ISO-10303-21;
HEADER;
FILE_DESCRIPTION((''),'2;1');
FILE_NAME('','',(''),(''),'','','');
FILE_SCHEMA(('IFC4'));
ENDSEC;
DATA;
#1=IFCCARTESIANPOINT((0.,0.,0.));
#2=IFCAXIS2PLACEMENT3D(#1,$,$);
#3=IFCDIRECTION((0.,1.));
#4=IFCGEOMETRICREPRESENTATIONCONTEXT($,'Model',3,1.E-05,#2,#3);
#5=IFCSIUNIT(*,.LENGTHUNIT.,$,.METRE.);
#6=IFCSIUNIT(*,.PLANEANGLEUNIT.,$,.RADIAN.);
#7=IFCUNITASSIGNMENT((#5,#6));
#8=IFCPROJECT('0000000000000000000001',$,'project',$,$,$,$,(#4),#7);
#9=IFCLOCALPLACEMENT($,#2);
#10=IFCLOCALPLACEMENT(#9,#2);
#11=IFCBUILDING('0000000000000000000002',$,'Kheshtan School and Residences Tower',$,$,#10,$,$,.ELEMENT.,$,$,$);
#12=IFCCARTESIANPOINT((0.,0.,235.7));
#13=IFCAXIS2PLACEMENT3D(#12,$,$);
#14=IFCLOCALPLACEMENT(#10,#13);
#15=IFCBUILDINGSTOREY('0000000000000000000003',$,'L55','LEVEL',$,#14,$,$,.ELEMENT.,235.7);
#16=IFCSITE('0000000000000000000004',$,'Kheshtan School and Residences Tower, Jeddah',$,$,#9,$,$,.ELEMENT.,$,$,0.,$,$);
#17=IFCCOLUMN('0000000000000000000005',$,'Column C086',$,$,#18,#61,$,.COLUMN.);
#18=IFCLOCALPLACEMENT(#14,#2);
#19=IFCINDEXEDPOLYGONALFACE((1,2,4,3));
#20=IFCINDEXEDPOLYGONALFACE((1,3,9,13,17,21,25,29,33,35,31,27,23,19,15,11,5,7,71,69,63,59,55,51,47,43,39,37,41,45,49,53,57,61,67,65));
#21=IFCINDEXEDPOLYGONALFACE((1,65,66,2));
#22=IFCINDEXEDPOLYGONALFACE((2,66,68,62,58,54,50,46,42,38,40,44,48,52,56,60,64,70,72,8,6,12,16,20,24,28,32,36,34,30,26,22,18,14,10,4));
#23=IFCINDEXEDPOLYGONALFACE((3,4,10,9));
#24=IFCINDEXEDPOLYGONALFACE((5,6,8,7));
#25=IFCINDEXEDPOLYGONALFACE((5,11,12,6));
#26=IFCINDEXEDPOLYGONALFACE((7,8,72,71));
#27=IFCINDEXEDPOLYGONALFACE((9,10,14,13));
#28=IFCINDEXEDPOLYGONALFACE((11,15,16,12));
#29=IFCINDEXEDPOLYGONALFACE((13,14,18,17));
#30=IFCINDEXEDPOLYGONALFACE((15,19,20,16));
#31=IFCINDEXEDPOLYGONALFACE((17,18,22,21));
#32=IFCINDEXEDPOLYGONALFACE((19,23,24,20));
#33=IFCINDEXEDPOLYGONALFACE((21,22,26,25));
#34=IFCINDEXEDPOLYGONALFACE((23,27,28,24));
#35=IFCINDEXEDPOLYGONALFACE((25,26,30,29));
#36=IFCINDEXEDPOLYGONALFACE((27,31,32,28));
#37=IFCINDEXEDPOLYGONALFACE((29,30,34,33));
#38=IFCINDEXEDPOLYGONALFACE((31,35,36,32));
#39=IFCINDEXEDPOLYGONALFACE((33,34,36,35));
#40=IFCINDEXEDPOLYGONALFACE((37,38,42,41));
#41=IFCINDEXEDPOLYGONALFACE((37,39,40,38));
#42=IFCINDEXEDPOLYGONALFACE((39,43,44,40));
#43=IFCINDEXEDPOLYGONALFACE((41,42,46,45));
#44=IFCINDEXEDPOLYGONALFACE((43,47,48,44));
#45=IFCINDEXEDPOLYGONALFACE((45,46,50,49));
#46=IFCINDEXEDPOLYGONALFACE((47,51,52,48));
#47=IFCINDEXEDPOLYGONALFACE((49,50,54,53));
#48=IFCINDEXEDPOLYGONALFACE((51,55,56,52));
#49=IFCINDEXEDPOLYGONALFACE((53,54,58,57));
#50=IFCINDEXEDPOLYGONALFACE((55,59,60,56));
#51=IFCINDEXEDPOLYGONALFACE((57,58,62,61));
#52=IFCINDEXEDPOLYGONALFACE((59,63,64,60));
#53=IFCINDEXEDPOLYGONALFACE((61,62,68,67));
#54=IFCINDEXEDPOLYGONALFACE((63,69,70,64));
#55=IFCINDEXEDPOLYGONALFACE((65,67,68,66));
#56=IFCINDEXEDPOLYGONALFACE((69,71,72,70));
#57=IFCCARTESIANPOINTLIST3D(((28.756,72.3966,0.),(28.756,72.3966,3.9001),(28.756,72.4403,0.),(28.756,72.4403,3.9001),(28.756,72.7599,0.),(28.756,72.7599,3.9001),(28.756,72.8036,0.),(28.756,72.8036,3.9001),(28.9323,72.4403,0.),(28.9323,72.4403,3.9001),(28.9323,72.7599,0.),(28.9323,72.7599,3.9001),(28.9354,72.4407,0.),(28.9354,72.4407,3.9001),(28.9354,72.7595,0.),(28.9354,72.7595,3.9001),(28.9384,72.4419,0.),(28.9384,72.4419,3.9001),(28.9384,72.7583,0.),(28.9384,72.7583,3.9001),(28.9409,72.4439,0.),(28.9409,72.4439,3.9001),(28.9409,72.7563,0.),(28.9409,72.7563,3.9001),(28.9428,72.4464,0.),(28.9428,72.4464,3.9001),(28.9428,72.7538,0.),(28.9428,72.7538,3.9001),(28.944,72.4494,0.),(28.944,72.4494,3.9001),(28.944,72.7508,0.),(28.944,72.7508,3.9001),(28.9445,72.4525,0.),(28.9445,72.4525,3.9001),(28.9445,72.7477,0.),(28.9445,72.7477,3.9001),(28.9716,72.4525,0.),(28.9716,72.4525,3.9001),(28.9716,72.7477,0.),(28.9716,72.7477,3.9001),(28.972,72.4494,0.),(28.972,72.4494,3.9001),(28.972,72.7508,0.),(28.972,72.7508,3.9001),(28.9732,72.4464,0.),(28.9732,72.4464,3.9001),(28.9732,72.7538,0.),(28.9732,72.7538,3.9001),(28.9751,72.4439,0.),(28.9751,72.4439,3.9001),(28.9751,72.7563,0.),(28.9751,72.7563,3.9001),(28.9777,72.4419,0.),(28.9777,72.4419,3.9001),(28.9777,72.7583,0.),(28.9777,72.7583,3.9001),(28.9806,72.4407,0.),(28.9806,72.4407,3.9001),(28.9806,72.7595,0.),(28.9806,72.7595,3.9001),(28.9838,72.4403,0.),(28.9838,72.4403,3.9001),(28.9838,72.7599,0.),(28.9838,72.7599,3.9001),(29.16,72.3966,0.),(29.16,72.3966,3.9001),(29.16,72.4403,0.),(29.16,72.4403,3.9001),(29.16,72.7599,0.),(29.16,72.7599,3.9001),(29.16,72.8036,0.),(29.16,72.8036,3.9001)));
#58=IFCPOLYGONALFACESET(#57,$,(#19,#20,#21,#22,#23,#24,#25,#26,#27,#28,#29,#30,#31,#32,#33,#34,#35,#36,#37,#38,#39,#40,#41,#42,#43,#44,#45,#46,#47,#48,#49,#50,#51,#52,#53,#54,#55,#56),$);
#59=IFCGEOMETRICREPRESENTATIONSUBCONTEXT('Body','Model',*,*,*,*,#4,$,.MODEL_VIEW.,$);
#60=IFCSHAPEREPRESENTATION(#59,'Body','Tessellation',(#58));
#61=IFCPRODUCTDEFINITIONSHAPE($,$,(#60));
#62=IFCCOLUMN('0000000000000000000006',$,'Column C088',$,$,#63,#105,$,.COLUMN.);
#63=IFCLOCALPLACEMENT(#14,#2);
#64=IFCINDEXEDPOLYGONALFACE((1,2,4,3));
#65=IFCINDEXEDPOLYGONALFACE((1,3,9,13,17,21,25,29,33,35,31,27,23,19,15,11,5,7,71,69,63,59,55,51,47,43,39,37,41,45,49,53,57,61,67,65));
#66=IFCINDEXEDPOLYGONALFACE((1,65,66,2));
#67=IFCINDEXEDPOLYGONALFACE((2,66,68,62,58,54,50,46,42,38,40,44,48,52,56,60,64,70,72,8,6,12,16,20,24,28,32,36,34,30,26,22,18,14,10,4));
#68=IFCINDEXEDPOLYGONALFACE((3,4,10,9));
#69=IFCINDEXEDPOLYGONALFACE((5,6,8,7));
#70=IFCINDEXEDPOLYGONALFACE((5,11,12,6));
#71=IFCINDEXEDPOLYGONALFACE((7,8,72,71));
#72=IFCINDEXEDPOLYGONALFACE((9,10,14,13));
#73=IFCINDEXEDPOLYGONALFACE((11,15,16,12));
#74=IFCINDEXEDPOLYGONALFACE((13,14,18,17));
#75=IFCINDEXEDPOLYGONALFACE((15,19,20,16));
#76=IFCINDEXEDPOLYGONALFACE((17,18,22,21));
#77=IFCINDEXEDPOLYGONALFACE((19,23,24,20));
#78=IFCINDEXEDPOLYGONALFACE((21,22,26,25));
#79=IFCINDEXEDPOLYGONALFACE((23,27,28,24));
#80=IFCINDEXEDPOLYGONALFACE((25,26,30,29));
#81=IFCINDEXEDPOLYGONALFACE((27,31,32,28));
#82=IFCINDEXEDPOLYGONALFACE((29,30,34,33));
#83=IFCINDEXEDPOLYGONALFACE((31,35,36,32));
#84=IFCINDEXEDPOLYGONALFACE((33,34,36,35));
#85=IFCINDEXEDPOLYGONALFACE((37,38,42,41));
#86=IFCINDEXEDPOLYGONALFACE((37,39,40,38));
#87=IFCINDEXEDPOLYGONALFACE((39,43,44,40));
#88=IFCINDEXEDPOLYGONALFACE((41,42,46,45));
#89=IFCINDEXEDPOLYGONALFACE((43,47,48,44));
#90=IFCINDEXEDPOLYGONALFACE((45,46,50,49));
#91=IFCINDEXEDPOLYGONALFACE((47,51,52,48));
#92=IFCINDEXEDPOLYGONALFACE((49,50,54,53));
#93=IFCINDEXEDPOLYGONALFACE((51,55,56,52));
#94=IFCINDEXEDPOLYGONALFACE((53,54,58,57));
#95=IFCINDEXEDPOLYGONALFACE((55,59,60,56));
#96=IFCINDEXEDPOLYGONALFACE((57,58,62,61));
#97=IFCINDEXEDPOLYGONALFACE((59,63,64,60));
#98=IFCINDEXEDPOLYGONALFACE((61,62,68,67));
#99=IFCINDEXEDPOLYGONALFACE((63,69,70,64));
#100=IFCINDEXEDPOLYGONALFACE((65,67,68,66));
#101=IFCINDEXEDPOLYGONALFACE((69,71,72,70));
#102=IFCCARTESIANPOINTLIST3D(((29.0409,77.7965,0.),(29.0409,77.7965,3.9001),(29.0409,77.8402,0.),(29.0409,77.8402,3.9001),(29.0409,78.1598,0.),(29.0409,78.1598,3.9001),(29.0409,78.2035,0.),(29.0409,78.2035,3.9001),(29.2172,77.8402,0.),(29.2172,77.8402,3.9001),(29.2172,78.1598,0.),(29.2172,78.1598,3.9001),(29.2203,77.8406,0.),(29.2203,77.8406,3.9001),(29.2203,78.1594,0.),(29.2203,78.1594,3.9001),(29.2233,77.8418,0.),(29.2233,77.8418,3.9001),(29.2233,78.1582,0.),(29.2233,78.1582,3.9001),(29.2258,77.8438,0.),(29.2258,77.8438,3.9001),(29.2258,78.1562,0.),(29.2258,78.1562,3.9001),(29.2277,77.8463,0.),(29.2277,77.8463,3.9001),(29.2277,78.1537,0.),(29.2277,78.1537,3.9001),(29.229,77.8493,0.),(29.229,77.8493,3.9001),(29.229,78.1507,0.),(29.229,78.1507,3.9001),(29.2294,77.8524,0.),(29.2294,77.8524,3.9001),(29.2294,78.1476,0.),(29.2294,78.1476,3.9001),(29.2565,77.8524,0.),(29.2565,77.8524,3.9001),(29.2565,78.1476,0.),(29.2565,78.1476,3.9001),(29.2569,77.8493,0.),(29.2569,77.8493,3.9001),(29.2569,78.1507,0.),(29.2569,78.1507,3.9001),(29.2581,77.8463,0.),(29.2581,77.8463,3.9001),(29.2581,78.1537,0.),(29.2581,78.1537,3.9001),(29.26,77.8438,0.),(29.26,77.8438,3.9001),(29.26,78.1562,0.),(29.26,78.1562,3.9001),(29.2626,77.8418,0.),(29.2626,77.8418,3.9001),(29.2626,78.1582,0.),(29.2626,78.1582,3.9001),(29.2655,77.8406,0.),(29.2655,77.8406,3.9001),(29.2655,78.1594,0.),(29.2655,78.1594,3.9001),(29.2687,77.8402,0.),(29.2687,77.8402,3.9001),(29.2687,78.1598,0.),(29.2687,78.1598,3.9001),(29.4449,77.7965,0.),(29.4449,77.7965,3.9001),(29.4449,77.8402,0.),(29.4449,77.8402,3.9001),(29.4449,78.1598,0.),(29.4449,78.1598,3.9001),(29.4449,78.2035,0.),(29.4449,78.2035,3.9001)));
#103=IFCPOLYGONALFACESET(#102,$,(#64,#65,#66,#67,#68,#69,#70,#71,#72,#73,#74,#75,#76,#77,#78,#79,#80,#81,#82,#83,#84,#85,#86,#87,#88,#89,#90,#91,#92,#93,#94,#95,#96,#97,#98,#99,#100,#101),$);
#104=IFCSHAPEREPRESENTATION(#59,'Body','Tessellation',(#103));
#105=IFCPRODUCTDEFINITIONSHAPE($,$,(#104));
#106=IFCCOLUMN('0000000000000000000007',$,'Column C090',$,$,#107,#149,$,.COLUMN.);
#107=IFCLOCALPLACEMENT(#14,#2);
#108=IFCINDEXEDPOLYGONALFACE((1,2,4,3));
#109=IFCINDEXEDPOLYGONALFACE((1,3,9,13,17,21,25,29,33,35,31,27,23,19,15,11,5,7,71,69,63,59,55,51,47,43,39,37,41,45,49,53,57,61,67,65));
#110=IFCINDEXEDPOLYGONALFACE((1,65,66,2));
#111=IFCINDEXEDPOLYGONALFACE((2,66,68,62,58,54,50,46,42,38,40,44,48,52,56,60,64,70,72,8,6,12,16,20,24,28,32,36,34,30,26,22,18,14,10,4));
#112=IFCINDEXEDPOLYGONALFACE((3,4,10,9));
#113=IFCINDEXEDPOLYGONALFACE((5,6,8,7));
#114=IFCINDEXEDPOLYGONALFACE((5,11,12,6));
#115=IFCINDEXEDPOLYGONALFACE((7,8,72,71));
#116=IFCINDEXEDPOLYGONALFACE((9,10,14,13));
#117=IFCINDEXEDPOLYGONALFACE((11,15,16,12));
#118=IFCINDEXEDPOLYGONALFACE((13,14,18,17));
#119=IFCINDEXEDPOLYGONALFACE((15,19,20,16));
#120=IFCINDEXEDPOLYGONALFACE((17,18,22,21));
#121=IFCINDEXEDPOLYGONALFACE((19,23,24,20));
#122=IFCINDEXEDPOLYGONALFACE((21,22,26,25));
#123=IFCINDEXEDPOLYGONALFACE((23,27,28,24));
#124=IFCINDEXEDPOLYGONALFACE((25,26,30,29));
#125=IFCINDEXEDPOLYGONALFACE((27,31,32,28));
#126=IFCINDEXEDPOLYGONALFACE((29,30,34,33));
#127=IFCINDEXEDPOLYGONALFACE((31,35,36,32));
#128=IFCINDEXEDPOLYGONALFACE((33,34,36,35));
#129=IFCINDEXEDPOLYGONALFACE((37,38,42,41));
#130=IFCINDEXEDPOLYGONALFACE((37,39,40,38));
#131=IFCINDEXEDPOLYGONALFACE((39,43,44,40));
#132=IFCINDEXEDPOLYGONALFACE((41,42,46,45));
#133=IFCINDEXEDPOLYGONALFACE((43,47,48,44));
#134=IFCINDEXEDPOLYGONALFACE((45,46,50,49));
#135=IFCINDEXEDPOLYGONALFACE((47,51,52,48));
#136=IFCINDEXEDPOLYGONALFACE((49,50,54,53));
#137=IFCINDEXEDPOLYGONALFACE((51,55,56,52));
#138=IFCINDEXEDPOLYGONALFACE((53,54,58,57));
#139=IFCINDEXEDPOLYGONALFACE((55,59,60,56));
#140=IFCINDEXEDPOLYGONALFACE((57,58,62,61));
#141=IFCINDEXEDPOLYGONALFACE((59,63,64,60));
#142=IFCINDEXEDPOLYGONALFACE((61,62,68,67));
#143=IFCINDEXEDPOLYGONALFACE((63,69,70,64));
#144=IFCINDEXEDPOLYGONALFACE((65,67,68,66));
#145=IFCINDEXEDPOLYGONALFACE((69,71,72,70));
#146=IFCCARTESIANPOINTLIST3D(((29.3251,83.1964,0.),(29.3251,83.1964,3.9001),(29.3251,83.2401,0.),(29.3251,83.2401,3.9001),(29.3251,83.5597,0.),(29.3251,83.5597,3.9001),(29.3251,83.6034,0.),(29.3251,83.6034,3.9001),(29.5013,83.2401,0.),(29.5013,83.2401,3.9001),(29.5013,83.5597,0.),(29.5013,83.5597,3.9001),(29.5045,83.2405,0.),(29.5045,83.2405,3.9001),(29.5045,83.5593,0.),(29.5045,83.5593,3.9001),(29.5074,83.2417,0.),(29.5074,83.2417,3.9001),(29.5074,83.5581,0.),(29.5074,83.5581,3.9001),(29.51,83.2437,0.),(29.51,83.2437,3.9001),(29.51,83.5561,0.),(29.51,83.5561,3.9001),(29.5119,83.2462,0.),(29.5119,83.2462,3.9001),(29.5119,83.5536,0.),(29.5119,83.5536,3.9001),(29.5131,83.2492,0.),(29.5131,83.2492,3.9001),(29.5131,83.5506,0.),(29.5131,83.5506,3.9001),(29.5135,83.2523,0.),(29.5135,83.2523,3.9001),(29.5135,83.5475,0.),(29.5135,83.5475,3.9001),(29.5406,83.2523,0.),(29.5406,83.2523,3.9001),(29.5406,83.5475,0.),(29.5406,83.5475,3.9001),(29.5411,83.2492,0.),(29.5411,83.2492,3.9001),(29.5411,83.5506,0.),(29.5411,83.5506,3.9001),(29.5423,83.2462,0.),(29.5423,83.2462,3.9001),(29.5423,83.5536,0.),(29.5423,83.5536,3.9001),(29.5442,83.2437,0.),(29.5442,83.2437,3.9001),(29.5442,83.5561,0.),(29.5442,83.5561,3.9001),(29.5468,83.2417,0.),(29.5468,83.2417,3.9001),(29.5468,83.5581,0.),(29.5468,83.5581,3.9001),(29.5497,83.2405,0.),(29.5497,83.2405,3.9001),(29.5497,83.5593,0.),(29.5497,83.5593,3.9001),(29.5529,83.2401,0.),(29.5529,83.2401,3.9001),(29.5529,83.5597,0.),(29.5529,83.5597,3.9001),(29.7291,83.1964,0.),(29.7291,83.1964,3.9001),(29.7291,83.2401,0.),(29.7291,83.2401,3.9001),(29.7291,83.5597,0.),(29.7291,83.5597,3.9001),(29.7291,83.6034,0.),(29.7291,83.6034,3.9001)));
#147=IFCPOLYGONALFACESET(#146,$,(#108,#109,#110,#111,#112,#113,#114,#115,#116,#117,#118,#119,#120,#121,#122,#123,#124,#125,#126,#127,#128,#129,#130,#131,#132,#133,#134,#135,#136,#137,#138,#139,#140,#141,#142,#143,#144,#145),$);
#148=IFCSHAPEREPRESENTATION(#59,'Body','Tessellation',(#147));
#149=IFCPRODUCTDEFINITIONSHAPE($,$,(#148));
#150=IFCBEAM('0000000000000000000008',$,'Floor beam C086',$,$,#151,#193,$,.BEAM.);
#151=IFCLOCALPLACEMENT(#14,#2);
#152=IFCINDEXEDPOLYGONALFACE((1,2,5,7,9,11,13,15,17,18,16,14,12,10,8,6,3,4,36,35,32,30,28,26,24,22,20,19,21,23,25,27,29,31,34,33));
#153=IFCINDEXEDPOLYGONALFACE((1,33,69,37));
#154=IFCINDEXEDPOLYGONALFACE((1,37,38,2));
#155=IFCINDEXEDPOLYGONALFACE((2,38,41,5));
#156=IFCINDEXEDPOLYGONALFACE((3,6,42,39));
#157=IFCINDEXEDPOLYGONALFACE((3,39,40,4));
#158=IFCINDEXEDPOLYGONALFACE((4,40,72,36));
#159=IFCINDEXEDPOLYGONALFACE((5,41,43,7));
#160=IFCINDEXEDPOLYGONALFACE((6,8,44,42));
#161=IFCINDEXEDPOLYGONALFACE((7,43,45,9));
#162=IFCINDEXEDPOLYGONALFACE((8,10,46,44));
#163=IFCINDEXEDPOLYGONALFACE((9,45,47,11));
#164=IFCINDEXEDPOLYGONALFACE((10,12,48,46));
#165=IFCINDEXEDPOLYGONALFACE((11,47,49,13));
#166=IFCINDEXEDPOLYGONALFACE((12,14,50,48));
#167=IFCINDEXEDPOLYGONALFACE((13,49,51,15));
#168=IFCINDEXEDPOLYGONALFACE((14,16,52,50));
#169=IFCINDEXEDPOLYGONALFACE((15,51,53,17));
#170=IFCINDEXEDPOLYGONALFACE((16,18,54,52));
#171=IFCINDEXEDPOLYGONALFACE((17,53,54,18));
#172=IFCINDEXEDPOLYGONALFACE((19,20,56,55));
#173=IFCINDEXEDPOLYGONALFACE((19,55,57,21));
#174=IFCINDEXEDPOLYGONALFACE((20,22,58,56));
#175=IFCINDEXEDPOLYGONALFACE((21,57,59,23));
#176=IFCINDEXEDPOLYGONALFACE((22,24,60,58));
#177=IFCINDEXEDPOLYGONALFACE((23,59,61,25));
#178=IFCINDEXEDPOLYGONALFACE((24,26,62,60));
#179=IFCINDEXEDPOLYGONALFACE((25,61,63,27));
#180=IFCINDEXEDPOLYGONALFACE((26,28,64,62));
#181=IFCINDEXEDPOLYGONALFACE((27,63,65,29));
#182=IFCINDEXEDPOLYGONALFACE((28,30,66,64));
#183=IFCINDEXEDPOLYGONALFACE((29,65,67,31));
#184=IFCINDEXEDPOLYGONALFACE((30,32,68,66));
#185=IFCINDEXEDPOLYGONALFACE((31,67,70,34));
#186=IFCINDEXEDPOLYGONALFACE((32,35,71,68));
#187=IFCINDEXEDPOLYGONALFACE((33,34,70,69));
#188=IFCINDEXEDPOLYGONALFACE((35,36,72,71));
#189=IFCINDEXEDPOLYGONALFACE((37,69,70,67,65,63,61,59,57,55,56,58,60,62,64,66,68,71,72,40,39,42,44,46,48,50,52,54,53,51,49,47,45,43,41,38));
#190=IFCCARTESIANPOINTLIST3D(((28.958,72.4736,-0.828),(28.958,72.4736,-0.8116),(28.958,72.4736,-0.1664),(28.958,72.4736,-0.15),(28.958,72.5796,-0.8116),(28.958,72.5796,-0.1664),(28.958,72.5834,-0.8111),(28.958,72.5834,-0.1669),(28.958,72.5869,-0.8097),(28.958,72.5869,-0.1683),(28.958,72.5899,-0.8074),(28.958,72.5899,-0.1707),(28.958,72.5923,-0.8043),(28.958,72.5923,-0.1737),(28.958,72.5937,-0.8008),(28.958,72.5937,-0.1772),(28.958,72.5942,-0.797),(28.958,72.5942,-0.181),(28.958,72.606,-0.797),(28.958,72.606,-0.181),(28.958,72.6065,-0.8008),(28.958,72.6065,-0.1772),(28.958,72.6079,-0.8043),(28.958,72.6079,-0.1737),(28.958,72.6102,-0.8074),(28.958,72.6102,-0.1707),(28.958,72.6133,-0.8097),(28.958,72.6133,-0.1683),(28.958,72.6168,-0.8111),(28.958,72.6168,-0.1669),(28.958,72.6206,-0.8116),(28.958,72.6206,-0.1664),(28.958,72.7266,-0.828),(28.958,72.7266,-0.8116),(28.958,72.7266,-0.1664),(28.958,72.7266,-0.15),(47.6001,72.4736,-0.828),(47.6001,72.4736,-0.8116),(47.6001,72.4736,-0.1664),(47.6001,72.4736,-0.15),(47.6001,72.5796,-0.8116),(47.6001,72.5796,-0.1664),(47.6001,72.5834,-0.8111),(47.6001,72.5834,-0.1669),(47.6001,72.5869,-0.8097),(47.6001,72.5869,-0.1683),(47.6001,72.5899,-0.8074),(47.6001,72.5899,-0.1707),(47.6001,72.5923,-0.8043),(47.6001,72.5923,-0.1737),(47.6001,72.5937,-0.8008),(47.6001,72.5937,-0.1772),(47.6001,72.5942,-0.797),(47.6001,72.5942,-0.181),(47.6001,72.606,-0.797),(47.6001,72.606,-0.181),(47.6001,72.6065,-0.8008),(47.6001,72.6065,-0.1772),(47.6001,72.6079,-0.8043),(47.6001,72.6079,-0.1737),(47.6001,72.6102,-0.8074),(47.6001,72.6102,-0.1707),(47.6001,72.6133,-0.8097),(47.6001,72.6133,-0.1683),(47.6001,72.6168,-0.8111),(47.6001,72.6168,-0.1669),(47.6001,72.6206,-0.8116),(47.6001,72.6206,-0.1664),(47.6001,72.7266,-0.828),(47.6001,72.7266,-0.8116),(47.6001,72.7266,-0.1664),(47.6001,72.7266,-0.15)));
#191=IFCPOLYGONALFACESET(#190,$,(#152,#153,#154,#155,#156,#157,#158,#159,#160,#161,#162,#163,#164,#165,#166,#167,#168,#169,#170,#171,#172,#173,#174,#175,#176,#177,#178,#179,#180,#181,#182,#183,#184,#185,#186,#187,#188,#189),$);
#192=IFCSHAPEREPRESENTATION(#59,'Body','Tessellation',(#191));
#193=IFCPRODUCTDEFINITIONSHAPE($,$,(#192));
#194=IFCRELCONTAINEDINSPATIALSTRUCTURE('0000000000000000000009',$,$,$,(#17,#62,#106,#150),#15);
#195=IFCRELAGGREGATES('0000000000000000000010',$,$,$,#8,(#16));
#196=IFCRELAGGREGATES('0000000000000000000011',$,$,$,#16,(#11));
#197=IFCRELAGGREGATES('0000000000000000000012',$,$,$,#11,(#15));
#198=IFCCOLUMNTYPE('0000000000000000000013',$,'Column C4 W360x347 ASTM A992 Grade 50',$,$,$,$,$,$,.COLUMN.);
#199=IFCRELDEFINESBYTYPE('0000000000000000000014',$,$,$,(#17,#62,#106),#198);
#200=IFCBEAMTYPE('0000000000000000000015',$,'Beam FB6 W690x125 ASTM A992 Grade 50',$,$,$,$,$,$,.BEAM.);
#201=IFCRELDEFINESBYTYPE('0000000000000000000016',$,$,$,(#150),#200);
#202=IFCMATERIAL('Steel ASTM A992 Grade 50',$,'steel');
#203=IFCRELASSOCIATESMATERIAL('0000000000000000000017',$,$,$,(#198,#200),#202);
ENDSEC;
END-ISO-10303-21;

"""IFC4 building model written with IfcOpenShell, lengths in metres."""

from ifc_helpers import new_model, si_unit, direction, frame, origin, origin_2d, place, context, subcontext, project, spatial, i_section, extrude, material, material_profile, profile_set, type_object, element, save


model = new_model("IFC4")

# Units and contexts
model_context = context("Model", 3, precision=1e-05, world=origin(), true_north=direction((0.0, 1.0)))
body_context = subcontext(model_context, "Body", "Model", "MODEL_VIEW")
ifc_project = project(units=[si_unit("LENGTHUNIT", "METRE"), si_unit("PLANEANGLEUNIT", "RADIAN")], contexts=[model_context])

# Site, building, storey
site_placement = place(None, origin())
site = spatial("IfcSite", under=ifc_project, at=site_placement, Name="Kheshtan School and Residences Tower, Jeddah", CompositionType="ELEMENT", RefElevation=0.0)
building_placement = place(site_placement, origin())
building = spatial("IfcBuilding", under=site, at=building_placement, Name="Kheshtan School and Residences Tower", CompositionType="ELEMENT")
storey_placement = place(building_placement, frame((0.0, 0.0, 235.7)))
storey = spatial("IfcBuildingStorey", under=building, at=storey_placement, Name="L55", Description="LEVEL", CompositionType="ELEMENT", Elevation=235.7)

# Columns
ifc_material_1 = material(Name="Steel ASTM A992 Grade 50", Category="steel")
ifc_material_profile_1 = material_profile(ifc_material_1, i_section(OverallWidth=0.4041, OverallDepth=0.407, WebThickness=0.0271, FlangeThickness=0.0437, FilletRadius=0.0122, at=origin_2d()), Name="W360x347")
ifc_profile_set_1 = profile_set([ifc_material_profile_1], Name="Steel ASTM A992 Grade 50")
column_type = type_object("IfcColumnType", Name="Column C4 W360x347 ASTM A992 Grade 50", PredefinedType="COLUMN", material=ifc_profile_set_1)
for number, where, z_axis, x_axis, name in (
    (1, (28.958, 72.6001, 0.0), (0.0, 0.0, 1.0), (1.0, 0.0, 0.0), "Column C086"),
    (2, (29.2429, 78.0, 0.0), (0.0, 0.0, 1.0), (1.0, 0.0, 0.0), "Column C088"),
    (3, (29.5271, 83.3999, 0.0), (0.0, 0.0, 1.0), (1.0, 0.0, 0.0), "Column C090"),
):
    element("IfcColumn", number, at=place(storey_placement, frame(where, z_axis=z_axis, x_axis=x_axis)), inside=storey, type_object=column_type, Name=name, PredefinedType="COLUMN", context=body_context, shape_type="SweptSolid", body=[
        extrude(i_section(OverallWidth=0.4041, OverallDepth=0.407, WebThickness=0.0271, FlangeThickness=0.0437, FilletRadius=0.0122, at=origin_2d()), origin(), (0.0, 0.0, 1.0), 3.9001),
    ])

# Beam
ifc_material_profile_2 = material_profile(ifc_material_1, i_section(OverallWidth=0.2529, OverallDepth=0.678, WebThickness=0.0117, FlangeThickness=0.0164, FilletRadius=0.0146, at=origin_2d()), Name="W690x125")
ifc_profile_set_2 = profile_set([ifc_material_profile_2], Name="Steel ASTM A992 Grade 50")
beam_type_1 = type_object("IfcBeamType", Name="Beam FB6 W690x125 ASTM A992 Grade 50", PredefinedType="BEAM", material=ifc_profile_set_2)
beam_placement = place(storey_placement, frame((28.958, 72.6001, -0.489), z_axis=(1.0, 0.0, 0.0), x_axis=(0.0, 1.0, 0.0)))
element("IfcBeam", 4, at=beam_placement, inside=storey, type_object=beam_type_1, Name="Floor beam C086", PredefinedType="BEAM", context=body_context, shape_type="SweptSolid", body=[
    extrude(i_section(OverallWidth=0.2529, OverallDepth=0.678, WebThickness=0.0117, FlangeThickness=0.0164, FilletRadius=0.0146, at=origin_2d()), origin(), (0.0, 0.0, 1.0), 18.6421),
])

save(model, "model.ifc")
